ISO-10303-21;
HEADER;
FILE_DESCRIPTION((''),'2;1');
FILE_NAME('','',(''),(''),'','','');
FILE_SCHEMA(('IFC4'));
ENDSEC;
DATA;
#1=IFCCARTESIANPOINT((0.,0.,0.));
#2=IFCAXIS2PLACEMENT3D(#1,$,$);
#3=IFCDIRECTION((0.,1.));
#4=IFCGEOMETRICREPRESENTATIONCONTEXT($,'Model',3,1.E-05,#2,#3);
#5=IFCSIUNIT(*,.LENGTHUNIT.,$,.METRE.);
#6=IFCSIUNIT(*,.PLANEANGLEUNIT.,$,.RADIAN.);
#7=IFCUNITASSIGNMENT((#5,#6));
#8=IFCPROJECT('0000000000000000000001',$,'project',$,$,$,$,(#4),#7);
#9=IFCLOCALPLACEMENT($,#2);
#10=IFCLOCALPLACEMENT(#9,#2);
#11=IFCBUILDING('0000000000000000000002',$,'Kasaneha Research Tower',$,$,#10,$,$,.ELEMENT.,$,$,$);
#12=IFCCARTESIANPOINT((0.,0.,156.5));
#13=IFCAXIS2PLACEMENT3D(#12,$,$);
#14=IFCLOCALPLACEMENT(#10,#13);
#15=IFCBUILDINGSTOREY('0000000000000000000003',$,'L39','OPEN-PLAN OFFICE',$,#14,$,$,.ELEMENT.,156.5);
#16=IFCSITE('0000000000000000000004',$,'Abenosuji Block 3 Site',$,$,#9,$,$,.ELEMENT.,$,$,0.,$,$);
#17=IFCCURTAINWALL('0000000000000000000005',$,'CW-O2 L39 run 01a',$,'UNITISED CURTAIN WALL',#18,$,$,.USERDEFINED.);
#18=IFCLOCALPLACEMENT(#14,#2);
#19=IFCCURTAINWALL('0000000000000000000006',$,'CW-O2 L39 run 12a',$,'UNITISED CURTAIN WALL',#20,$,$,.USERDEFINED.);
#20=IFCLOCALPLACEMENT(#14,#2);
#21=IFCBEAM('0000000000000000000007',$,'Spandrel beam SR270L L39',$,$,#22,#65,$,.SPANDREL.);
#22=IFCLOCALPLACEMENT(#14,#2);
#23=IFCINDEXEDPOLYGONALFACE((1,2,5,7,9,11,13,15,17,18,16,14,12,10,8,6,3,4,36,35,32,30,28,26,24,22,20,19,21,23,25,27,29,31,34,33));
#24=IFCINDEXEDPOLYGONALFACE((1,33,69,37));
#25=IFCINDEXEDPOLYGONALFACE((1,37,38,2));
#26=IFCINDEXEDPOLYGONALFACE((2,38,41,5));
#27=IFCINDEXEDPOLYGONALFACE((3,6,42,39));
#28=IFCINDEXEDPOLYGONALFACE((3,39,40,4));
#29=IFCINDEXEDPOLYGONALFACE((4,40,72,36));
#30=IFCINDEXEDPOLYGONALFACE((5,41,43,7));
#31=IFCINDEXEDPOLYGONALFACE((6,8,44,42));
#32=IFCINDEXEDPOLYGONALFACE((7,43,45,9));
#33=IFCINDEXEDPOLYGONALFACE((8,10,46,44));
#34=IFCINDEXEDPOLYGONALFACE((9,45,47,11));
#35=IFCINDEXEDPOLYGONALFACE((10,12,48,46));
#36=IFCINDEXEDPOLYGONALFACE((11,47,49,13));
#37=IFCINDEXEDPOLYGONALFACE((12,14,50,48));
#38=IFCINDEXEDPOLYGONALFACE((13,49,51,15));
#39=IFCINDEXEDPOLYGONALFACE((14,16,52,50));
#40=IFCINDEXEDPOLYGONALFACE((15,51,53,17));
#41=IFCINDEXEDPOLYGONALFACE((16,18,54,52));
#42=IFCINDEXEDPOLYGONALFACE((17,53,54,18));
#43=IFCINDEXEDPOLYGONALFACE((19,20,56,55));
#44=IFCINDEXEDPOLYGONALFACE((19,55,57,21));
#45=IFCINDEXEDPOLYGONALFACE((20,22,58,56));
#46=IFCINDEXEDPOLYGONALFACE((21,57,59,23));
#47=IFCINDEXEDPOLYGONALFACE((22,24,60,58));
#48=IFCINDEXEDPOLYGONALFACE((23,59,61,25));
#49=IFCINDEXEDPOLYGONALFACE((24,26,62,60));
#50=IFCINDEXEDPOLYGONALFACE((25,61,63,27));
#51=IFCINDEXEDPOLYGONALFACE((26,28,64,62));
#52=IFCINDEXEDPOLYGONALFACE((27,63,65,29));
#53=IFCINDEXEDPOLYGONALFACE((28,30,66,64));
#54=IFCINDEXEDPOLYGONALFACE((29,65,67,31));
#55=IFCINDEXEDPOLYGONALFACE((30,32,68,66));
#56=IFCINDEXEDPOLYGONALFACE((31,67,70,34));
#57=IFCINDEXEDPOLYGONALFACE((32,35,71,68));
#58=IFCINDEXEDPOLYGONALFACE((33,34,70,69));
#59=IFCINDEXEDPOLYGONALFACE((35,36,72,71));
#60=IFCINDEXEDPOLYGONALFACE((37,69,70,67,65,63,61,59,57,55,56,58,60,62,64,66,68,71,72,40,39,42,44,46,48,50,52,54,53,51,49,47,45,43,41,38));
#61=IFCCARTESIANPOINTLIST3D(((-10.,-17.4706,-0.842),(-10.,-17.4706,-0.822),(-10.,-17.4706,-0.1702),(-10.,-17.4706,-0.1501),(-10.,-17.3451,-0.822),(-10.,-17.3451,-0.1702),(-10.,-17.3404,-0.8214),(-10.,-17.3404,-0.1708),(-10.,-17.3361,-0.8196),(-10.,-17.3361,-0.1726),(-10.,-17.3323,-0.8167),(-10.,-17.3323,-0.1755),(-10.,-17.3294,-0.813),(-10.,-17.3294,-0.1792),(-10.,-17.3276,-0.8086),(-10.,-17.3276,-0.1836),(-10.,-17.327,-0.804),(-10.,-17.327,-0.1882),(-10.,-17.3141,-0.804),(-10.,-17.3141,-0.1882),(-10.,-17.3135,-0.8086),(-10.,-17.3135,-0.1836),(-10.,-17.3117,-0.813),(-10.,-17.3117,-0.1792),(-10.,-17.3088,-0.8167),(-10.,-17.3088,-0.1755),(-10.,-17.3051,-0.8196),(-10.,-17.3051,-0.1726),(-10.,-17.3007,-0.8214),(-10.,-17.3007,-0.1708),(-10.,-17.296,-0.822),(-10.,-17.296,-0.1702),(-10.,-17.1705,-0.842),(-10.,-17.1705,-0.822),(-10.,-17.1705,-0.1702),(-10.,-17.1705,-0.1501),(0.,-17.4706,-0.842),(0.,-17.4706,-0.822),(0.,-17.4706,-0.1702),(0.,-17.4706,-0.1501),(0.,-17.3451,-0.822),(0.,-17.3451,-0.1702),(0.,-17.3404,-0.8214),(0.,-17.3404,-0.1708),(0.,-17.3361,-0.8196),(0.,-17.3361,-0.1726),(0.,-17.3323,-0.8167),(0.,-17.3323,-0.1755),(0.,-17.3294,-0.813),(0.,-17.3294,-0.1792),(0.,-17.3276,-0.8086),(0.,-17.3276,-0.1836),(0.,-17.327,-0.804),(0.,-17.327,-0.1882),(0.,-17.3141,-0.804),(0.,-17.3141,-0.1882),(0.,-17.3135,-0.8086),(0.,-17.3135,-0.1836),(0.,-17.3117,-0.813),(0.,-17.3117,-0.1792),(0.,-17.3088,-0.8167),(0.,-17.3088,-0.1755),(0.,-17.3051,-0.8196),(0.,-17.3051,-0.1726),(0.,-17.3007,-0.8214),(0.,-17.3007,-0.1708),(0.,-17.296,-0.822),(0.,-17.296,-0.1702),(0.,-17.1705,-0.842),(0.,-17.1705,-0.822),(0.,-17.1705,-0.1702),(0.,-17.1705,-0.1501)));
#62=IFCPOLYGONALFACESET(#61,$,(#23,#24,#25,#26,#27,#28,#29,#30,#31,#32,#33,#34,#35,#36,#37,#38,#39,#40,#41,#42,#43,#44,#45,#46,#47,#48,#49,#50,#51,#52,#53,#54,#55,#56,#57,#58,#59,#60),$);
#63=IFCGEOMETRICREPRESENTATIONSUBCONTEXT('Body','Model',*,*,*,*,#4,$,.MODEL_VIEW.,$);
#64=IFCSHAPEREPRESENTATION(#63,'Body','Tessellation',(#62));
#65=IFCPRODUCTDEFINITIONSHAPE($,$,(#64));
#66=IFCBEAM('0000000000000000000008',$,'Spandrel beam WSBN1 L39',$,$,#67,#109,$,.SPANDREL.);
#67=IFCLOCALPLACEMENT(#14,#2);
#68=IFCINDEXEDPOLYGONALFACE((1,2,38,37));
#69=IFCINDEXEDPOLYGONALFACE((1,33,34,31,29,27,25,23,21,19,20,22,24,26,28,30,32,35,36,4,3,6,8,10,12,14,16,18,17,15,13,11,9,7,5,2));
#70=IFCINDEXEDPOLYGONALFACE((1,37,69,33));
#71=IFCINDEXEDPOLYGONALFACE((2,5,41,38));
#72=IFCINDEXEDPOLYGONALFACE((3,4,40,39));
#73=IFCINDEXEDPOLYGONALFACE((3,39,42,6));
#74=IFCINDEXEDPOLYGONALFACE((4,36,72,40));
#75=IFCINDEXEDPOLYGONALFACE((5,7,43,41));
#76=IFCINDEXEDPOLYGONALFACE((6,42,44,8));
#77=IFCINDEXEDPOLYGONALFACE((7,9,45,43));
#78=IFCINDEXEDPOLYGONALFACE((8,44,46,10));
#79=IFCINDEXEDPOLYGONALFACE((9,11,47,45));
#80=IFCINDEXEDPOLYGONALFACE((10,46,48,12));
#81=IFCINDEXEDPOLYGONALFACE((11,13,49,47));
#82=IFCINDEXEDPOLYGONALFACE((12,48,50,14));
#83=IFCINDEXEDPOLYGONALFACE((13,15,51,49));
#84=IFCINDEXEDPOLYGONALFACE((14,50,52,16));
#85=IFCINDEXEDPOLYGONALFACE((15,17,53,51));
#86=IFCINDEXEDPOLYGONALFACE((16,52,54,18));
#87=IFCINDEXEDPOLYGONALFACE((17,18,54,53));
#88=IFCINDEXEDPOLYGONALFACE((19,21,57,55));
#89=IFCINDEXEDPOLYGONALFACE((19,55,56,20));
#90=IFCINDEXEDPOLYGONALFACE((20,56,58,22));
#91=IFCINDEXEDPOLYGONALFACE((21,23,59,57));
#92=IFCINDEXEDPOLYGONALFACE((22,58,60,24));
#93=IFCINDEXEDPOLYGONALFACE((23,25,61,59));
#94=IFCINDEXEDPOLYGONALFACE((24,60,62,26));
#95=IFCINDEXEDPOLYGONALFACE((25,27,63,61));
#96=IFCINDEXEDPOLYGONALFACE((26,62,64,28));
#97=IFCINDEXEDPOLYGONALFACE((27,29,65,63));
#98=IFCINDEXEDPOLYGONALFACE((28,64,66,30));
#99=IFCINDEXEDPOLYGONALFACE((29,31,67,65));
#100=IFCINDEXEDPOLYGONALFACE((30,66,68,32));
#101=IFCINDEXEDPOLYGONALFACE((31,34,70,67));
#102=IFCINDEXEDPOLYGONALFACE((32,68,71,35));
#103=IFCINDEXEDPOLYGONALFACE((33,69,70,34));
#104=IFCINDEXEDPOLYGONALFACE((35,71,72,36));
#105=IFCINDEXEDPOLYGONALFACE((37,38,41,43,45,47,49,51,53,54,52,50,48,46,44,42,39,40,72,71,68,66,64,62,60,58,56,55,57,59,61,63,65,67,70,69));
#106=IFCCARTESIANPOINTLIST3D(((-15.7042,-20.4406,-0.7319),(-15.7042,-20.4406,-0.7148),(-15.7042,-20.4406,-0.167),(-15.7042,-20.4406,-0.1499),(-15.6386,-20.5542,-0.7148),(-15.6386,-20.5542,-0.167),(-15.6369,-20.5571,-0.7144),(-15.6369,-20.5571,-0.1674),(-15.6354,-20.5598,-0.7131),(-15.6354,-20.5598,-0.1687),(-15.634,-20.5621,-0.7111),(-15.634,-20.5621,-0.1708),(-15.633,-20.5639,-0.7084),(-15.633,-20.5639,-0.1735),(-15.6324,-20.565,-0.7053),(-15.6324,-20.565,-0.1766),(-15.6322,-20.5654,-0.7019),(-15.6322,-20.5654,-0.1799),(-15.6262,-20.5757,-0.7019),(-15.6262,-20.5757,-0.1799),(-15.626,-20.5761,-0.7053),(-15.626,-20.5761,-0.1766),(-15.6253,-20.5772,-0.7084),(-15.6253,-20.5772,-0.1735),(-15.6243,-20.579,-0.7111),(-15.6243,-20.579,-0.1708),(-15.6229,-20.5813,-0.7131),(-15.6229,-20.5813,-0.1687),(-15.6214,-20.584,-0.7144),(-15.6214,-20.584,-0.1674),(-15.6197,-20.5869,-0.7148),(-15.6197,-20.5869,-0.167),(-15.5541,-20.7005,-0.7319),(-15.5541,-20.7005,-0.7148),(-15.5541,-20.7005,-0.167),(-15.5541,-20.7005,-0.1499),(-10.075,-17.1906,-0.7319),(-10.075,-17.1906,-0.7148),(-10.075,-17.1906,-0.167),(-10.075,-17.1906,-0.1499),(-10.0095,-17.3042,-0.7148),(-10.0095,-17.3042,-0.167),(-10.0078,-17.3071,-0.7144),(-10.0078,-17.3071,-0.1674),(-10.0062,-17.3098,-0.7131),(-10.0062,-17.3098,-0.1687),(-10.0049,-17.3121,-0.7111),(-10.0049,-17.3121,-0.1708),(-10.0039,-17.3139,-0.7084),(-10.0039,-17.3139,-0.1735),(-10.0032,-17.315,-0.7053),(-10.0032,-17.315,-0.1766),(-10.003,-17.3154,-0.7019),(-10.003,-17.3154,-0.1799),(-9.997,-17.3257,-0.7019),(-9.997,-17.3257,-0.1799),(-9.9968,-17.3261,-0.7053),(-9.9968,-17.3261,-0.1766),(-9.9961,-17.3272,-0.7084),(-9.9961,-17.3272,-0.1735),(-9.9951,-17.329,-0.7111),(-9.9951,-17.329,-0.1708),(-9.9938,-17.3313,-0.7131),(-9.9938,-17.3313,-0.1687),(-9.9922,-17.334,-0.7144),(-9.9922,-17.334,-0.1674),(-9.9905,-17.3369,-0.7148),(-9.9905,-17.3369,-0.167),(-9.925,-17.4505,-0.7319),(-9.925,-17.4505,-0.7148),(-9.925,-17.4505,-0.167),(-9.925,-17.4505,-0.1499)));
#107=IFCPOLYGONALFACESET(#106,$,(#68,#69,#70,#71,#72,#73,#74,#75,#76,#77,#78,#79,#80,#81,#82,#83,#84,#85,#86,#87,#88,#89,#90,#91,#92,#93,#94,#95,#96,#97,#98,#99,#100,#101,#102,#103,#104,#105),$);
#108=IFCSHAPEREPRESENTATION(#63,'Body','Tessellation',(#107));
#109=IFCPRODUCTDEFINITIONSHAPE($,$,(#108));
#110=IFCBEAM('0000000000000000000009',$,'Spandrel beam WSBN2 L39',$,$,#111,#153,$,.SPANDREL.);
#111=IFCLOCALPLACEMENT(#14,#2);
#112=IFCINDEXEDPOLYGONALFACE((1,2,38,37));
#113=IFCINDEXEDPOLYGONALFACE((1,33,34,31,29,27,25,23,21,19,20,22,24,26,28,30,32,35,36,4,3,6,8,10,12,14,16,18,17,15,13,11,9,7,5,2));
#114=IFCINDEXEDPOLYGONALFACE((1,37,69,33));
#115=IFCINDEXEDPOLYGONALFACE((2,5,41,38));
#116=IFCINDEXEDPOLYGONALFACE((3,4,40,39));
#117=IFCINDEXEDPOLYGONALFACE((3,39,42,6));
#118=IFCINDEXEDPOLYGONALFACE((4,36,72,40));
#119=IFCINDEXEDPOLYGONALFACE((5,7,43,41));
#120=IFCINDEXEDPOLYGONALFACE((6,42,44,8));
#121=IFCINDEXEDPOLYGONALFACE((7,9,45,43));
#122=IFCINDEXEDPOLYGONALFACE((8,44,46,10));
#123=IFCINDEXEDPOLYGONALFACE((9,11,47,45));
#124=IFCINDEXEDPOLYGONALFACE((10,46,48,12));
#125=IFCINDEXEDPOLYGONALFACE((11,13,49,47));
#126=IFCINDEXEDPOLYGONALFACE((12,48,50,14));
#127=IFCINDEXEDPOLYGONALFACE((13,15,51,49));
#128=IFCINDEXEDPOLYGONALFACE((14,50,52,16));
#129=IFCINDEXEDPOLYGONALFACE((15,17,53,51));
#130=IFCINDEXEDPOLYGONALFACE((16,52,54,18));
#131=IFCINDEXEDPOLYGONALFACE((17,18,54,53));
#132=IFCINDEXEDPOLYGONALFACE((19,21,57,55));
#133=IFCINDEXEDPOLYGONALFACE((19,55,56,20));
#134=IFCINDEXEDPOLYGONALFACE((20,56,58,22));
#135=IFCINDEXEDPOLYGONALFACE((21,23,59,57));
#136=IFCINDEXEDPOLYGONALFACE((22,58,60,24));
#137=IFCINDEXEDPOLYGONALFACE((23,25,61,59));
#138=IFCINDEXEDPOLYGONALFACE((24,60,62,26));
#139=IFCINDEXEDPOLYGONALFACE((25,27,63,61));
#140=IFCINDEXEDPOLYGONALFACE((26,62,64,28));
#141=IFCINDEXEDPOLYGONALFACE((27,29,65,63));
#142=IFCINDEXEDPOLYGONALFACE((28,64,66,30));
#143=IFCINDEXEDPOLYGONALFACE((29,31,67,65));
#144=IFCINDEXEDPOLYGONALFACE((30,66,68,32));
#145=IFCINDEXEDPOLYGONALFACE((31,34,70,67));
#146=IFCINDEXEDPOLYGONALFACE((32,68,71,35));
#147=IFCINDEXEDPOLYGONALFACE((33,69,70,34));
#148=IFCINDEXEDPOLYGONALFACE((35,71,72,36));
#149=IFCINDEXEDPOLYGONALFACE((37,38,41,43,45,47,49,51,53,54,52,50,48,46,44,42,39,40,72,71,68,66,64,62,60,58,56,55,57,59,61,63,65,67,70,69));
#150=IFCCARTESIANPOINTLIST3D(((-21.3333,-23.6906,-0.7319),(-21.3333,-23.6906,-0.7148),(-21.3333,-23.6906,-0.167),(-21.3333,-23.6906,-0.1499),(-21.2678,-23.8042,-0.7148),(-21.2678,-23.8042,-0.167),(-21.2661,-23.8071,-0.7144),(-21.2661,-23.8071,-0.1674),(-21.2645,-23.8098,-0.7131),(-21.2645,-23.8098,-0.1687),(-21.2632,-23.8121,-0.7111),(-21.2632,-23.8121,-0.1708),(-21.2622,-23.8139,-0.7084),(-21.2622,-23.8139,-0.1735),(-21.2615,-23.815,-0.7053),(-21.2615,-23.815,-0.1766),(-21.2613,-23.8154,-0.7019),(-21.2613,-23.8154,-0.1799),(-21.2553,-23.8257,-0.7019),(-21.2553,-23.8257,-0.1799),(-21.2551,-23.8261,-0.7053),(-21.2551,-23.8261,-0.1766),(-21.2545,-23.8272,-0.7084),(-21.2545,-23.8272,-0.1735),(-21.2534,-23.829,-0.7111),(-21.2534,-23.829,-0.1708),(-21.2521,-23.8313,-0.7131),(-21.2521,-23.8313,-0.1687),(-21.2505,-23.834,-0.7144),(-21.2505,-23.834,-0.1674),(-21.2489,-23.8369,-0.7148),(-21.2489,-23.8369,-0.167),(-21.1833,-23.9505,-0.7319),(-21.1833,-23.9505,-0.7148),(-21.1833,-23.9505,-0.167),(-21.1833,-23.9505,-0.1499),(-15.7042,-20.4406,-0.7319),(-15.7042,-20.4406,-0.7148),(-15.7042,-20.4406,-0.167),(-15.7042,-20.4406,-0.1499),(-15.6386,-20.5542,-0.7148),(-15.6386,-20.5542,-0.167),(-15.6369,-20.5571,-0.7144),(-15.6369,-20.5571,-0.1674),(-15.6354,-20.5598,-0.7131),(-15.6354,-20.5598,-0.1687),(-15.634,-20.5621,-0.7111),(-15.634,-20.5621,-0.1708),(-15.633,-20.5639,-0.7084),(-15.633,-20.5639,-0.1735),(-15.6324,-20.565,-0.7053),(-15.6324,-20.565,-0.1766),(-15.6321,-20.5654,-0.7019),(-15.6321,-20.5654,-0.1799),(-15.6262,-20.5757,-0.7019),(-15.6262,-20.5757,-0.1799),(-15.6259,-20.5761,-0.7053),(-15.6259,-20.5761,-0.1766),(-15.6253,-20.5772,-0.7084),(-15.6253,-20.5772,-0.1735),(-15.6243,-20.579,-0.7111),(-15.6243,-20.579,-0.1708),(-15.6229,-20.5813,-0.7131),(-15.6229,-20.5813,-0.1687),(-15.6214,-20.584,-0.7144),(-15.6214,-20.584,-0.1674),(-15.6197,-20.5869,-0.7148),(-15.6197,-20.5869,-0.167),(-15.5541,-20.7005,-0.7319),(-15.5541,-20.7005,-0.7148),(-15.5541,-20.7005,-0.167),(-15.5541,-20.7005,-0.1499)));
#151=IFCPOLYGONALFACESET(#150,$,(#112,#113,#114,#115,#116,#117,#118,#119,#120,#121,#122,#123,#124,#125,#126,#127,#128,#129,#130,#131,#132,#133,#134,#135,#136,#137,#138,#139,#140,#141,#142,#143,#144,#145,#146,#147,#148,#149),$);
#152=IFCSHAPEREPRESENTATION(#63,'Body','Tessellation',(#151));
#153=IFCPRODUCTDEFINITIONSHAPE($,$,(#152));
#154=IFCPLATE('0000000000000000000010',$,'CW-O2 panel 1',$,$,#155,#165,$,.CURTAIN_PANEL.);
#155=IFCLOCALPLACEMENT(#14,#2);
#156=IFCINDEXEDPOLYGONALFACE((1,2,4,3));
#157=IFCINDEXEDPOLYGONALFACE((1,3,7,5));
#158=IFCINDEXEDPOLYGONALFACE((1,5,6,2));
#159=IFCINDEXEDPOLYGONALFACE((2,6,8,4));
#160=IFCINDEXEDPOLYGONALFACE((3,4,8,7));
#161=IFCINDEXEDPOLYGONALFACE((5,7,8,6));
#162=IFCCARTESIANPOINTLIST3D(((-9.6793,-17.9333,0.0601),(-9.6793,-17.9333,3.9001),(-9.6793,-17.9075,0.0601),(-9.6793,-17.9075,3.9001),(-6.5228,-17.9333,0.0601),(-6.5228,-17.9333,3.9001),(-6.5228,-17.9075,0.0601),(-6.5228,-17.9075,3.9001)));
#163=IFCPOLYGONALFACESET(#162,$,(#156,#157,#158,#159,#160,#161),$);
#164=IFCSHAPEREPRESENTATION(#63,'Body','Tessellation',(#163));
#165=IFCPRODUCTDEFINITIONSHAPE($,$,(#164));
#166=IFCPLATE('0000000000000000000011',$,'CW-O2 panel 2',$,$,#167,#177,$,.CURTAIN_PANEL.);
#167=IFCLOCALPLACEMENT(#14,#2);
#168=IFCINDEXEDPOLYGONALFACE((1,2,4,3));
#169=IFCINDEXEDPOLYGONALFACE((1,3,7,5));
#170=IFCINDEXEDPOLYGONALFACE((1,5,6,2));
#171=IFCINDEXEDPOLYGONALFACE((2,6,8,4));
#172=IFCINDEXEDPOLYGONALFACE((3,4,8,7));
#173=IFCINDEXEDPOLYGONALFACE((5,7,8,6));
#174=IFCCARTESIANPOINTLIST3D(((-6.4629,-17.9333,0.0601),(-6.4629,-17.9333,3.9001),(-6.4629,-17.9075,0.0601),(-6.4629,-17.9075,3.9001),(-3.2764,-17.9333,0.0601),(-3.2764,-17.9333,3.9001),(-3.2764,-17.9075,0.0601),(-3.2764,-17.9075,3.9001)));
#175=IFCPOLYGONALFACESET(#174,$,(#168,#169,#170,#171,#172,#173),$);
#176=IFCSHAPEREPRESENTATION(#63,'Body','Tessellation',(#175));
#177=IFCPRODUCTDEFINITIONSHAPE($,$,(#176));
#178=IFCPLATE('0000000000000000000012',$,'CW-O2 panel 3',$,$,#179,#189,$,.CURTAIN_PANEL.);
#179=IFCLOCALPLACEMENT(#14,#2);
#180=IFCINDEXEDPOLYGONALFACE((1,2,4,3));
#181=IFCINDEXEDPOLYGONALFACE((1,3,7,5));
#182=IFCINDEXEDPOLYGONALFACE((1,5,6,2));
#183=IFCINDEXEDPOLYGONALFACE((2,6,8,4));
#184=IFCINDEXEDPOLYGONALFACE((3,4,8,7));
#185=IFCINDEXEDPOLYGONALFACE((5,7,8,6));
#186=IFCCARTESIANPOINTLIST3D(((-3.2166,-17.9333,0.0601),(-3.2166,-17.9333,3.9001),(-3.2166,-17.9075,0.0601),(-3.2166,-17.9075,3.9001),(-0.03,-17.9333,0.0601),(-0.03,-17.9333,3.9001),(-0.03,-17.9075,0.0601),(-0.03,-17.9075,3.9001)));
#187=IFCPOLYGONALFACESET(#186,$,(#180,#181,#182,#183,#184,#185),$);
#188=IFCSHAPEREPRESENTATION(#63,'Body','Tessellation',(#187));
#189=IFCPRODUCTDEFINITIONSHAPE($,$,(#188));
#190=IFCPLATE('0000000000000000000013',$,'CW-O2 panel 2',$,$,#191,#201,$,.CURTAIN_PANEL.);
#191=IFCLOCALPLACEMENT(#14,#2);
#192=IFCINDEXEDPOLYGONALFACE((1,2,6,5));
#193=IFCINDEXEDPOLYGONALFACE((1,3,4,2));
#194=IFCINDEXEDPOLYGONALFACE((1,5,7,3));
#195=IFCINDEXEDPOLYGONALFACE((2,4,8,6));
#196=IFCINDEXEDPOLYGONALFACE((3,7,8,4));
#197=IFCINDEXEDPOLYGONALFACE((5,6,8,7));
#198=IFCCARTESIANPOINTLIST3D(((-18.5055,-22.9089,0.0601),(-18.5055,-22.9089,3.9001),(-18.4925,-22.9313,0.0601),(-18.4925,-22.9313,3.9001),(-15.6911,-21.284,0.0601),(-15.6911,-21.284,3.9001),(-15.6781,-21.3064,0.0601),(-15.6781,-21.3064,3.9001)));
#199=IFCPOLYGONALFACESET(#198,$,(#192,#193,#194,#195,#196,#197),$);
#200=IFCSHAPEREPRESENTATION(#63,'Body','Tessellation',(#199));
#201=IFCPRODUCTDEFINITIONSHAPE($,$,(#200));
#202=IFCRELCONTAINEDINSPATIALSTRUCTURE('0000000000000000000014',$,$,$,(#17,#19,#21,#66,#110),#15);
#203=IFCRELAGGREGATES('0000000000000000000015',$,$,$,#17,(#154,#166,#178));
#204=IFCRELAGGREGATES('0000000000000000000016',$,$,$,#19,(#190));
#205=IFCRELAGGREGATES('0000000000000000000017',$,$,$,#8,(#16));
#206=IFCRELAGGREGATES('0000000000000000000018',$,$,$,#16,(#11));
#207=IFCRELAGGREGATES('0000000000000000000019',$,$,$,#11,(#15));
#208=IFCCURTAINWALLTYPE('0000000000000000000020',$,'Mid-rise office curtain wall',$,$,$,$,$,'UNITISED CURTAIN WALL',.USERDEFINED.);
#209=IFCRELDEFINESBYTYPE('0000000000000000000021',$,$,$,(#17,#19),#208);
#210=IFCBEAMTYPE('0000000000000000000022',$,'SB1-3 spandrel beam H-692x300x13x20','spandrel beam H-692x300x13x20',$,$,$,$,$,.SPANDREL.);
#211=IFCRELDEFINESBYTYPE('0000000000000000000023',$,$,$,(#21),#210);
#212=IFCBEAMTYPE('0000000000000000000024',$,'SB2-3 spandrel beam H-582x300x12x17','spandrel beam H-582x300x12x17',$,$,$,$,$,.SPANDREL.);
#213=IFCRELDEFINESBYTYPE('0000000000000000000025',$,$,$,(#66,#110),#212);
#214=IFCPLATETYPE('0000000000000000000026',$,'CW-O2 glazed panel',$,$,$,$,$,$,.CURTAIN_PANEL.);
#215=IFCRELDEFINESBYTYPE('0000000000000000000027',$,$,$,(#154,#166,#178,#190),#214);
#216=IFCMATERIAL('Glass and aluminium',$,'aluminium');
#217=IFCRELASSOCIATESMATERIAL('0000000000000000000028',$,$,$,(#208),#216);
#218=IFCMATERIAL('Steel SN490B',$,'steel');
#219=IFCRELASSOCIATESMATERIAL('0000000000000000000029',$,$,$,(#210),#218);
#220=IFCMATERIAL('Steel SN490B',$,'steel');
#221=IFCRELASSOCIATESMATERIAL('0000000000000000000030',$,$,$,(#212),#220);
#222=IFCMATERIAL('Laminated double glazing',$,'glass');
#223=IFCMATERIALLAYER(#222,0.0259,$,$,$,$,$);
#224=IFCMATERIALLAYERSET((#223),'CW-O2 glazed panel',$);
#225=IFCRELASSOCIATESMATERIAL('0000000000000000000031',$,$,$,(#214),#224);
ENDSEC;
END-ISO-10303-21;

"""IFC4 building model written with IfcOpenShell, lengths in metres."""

from ifc_helpers import new_model, si_unit, direction, frame, origin, origin_2d, place, context, subcontext, project, spatial, rectangle, i_section, extrude, material, layer, layer_set, material_profile, profile_set, type_object, element, aggregate, save


model = new_model("IFC4")

# Units and contexts
model_context = context("Model", 3, precision=1e-05, world=origin(), true_north=direction((0.0, 1.0)))
body_context = subcontext(model_context, "Body", "Model", "MODEL_VIEW")
ifc_project = project(units=[si_unit("LENGTHUNIT", "METRE"), si_unit("PLANEANGLEUNIT", "RADIAN")], contexts=[model_context])

# Site, building, storey
site_placement = place(None, origin())
site = spatial("IfcSite", under=ifc_project, at=site_placement, Name="Abenosuji Block 3 Site", CompositionType="ELEMENT", RefElevation=0.0)
building_placement = place(site_placement, origin())
building = spatial("IfcBuilding", under=site, at=building_placement, Name="Kasaneha Research Tower", CompositionType="ELEMENT")
storey_placement = place(building_placement, frame((0.0, 0.0, 156.5)))
storey = spatial("IfcBuildingStorey", under=building, at=storey_placement, Name="L39", Description="OPEN-PLAN OFFICE", CompositionType="ELEMENT", Elevation=156.5)

# Curtain walls
ifc_material_1 = material(Name="Glass and aluminium", Category="aluminium")
curtain_wall_type = type_object("IfcCurtainWallType", Name="Mid-rise office curtain wall", ElementType="UNITISED CURTAIN WALL", PredefinedType="USERDEFINED", material=ifc_material_1)
curtain_wall_1_placement = place(storey_placement, origin())
curtain_wall_1 = element("IfcCurtainWall", 1, at=curtain_wall_1_placement, inside=storey, type_object=curtain_wall_type, Name="CW-O2 L39 run 01a", ObjectType="UNITISED CURTAIN WALL", PredefinedType="USERDEFINED")
curtain_wall_2_placement = place(storey_placement, origin())
curtain_wall_2 = element("IfcCurtainWall", 2, at=curtain_wall_2_placement, inside=storey, type_object=curtain_wall_type, Name="CW-O2 L39 run 12a", ObjectType="UNITISED CURTAIN WALL", PredefinedType="USERDEFINED")

# Beams
ifc_material_2 = material(Name="Steel SN490B", Category="steel")
ifc_material_profile_1 = material_profile(ifc_material_2, i_section(OverallWidth=0.3, OverallDepth=0.6919, WebThickness=0.0129, FlangeThickness=0.02, FilletRadius=0.0181, at=origin_2d()), Name="H-692x300x13x20")
ifc_profile_set_1 = profile_set([ifc_material_profile_1], Name="Steel SN490B")
beam_type_1 = type_object("IfcBeamType", Name="SB1-3 spandrel beam H-692x300x13x20", Description="spandrel beam H-692x300x13x20", PredefinedType="SPANDREL", material=ifc_profile_set_1)
beam_1_placement = place(storey_placement, frame((-10.0, -17.3206, -0.4961), z_axis=(1.0, 0.0, 0.0), x_axis=(0.0, 1.0, 0.0)))
element("IfcBeam", 3, at=beam_1_placement, inside=storey, type_object=beam_type_1, Name="Spandrel beam SR270L L39", PredefinedType="SPANDREL", context=body_context, shape_type="SweptSolid", body=[
    extrude(i_section(OverallWidth=0.3, OverallDepth=0.6919, WebThickness=0.0129, FlangeThickness=0.02, FilletRadius=0.0181, at=origin_2d()), origin(), (0.0, 0.0, 1.0), 10.0),
])
ifc_material_3 = material(Name="Steel SN490B", Category="steel")
ifc_material_profile_2 = material_profile(ifc_material_3, i_section(OverallWidth=0.3, OverallDepth=0.582, WebThickness=0.012, FlangeThickness=0.0171, FilletRadius=0.0129, at=origin_2d()), Name="H-582x300x12x17")
ifc_profile_set_2 = profile_set([ifc_material_profile_2], Name="Steel SN490B")
beam_type_2 = type_object("IfcBeamType", Name="SB2-3 spandrel beam H-582x300x12x17", Description="spandrel beam H-582x300x12x17", PredefinedType="SPANDREL", material=ifc_profile_set_2)
for number, where, z_axis, x_axis, name in (
    (4, (-10.0, -17.3206, -0.4409), (-0.866025, -0.500001, 0.0), (0.500001, -0.866025, 0.0), "Spandrel beam WSBN1 L39"),
    (5, (-15.6292, -20.5706, -0.4409), (-0.866025, -0.500001, 0.0), (0.500001, -0.866025, 0.0), "Spandrel beam WSBN2 L39"),
):
    element("IfcBeam", number, at=place(storey_placement, frame(where, z_axis=z_axis, x_axis=x_axis)), inside=storey, type_object=beam_type_2, Name=name, PredefinedType="SPANDREL", context=body_context, shape_type="SweptSolid", body=[
        extrude(i_section(OverallWidth=0.3, OverallDepth=0.582, WebThickness=0.012, FlangeThickness=0.0171, FilletRadius=0.0129, at=origin_2d()), origin(), (0.0, 0.0, 1.0), 6.5),
    ])

# Plates
ifc_material_4 = material(Name="Laminated double glazing", Category="glass")
ifc_layer_1 = layer(ifc_material_4, 0.0259)
ifc_layer_set_1 = layer_set([ifc_layer_1], Name="CW-O2 glazed panel")
plate_type = type_object("IfcPlateType", Name="CW-O2 glazed panel", PredefinedType="CURTAIN_PANEL", material=ifc_layer_set_1)
plate_1_placement = place(storey_placement, frame((-8.1011, -17.9204, 0.0601), z_axis=(0.0, 0.0, 1.0), x_axis=(1.0, 0.0, 0.0)))
plate_1 = element("IfcPlate", 6, at=plate_1_placement, type_object=plate_type, Name="CW-O2 panel 1", PredefinedType="CURTAIN_PANEL", context=body_context, shape_type="SweptSolid", body=[
    extrude(rectangle(XDim=3.1565, YDim=0.0259, at=origin_2d()), origin(), (0.0, 0.0, 1.0), 3.8401),
])
plate_2_placement = place(storey_placement, frame((-4.8696, -17.9204, 0.0601), z_axis=(0.0, 0.0, 1.0), x_axis=(1.0, 0.0, 0.0)))
plate_2 = element("IfcPlate", 7, at=plate_2_placement, type_object=plate_type, Name="CW-O2 panel 2", PredefinedType="CURTAIN_PANEL", context=body_context, shape_type="SweptSolid", body=[
    extrude(rectangle(XDim=3.1865, YDim=0.0259, at=origin_2d()), origin(), (0.0, 0.0, 1.0), 3.8401),
])
plate_3_placement = place(storey_placement, frame((-1.6233, -17.9204, 0.0601), z_axis=(0.0, 0.0, 1.0), x_axis=(1.0, 0.0, 0.0)))
plate_3 = element("IfcPlate", 8, at=plate_3_placement, type_object=plate_type, Name="CW-O2 panel 3", PredefinedType="CURTAIN_PANEL", context=body_context, shape_type="SweptSolid", body=[
    extrude(rectangle(XDim=3.1865, YDim=0.0259, at=origin_2d()), origin(), (0.0, 0.0, 1.0), 3.8401),
])
aggregate(curtain_wall_1, [plate_1, plate_2, plate_3])
plate_4_placement = place(storey_placement, frame((-17.0918, -22.1077, 0.0601), z_axis=(0.0, 0.0, 1.0), x_axis=(0.866025, 0.5, 0.0)))
plate_4 = element("IfcPlate", 9, at=plate_4_placement, type_object=plate_type, Name="CW-O2 panel 2", PredefinedType="CURTAIN_PANEL", context=body_context, shape_type="SweptSolid", body=[
    extrude(rectangle(XDim=3.2498, YDim=0.0259, at=origin_2d()), origin(), (0.0, 0.0, 1.0), 3.8401),
])
aggregate(curtain_wall_2, [plate_4])

save(model, "model.ifc")
